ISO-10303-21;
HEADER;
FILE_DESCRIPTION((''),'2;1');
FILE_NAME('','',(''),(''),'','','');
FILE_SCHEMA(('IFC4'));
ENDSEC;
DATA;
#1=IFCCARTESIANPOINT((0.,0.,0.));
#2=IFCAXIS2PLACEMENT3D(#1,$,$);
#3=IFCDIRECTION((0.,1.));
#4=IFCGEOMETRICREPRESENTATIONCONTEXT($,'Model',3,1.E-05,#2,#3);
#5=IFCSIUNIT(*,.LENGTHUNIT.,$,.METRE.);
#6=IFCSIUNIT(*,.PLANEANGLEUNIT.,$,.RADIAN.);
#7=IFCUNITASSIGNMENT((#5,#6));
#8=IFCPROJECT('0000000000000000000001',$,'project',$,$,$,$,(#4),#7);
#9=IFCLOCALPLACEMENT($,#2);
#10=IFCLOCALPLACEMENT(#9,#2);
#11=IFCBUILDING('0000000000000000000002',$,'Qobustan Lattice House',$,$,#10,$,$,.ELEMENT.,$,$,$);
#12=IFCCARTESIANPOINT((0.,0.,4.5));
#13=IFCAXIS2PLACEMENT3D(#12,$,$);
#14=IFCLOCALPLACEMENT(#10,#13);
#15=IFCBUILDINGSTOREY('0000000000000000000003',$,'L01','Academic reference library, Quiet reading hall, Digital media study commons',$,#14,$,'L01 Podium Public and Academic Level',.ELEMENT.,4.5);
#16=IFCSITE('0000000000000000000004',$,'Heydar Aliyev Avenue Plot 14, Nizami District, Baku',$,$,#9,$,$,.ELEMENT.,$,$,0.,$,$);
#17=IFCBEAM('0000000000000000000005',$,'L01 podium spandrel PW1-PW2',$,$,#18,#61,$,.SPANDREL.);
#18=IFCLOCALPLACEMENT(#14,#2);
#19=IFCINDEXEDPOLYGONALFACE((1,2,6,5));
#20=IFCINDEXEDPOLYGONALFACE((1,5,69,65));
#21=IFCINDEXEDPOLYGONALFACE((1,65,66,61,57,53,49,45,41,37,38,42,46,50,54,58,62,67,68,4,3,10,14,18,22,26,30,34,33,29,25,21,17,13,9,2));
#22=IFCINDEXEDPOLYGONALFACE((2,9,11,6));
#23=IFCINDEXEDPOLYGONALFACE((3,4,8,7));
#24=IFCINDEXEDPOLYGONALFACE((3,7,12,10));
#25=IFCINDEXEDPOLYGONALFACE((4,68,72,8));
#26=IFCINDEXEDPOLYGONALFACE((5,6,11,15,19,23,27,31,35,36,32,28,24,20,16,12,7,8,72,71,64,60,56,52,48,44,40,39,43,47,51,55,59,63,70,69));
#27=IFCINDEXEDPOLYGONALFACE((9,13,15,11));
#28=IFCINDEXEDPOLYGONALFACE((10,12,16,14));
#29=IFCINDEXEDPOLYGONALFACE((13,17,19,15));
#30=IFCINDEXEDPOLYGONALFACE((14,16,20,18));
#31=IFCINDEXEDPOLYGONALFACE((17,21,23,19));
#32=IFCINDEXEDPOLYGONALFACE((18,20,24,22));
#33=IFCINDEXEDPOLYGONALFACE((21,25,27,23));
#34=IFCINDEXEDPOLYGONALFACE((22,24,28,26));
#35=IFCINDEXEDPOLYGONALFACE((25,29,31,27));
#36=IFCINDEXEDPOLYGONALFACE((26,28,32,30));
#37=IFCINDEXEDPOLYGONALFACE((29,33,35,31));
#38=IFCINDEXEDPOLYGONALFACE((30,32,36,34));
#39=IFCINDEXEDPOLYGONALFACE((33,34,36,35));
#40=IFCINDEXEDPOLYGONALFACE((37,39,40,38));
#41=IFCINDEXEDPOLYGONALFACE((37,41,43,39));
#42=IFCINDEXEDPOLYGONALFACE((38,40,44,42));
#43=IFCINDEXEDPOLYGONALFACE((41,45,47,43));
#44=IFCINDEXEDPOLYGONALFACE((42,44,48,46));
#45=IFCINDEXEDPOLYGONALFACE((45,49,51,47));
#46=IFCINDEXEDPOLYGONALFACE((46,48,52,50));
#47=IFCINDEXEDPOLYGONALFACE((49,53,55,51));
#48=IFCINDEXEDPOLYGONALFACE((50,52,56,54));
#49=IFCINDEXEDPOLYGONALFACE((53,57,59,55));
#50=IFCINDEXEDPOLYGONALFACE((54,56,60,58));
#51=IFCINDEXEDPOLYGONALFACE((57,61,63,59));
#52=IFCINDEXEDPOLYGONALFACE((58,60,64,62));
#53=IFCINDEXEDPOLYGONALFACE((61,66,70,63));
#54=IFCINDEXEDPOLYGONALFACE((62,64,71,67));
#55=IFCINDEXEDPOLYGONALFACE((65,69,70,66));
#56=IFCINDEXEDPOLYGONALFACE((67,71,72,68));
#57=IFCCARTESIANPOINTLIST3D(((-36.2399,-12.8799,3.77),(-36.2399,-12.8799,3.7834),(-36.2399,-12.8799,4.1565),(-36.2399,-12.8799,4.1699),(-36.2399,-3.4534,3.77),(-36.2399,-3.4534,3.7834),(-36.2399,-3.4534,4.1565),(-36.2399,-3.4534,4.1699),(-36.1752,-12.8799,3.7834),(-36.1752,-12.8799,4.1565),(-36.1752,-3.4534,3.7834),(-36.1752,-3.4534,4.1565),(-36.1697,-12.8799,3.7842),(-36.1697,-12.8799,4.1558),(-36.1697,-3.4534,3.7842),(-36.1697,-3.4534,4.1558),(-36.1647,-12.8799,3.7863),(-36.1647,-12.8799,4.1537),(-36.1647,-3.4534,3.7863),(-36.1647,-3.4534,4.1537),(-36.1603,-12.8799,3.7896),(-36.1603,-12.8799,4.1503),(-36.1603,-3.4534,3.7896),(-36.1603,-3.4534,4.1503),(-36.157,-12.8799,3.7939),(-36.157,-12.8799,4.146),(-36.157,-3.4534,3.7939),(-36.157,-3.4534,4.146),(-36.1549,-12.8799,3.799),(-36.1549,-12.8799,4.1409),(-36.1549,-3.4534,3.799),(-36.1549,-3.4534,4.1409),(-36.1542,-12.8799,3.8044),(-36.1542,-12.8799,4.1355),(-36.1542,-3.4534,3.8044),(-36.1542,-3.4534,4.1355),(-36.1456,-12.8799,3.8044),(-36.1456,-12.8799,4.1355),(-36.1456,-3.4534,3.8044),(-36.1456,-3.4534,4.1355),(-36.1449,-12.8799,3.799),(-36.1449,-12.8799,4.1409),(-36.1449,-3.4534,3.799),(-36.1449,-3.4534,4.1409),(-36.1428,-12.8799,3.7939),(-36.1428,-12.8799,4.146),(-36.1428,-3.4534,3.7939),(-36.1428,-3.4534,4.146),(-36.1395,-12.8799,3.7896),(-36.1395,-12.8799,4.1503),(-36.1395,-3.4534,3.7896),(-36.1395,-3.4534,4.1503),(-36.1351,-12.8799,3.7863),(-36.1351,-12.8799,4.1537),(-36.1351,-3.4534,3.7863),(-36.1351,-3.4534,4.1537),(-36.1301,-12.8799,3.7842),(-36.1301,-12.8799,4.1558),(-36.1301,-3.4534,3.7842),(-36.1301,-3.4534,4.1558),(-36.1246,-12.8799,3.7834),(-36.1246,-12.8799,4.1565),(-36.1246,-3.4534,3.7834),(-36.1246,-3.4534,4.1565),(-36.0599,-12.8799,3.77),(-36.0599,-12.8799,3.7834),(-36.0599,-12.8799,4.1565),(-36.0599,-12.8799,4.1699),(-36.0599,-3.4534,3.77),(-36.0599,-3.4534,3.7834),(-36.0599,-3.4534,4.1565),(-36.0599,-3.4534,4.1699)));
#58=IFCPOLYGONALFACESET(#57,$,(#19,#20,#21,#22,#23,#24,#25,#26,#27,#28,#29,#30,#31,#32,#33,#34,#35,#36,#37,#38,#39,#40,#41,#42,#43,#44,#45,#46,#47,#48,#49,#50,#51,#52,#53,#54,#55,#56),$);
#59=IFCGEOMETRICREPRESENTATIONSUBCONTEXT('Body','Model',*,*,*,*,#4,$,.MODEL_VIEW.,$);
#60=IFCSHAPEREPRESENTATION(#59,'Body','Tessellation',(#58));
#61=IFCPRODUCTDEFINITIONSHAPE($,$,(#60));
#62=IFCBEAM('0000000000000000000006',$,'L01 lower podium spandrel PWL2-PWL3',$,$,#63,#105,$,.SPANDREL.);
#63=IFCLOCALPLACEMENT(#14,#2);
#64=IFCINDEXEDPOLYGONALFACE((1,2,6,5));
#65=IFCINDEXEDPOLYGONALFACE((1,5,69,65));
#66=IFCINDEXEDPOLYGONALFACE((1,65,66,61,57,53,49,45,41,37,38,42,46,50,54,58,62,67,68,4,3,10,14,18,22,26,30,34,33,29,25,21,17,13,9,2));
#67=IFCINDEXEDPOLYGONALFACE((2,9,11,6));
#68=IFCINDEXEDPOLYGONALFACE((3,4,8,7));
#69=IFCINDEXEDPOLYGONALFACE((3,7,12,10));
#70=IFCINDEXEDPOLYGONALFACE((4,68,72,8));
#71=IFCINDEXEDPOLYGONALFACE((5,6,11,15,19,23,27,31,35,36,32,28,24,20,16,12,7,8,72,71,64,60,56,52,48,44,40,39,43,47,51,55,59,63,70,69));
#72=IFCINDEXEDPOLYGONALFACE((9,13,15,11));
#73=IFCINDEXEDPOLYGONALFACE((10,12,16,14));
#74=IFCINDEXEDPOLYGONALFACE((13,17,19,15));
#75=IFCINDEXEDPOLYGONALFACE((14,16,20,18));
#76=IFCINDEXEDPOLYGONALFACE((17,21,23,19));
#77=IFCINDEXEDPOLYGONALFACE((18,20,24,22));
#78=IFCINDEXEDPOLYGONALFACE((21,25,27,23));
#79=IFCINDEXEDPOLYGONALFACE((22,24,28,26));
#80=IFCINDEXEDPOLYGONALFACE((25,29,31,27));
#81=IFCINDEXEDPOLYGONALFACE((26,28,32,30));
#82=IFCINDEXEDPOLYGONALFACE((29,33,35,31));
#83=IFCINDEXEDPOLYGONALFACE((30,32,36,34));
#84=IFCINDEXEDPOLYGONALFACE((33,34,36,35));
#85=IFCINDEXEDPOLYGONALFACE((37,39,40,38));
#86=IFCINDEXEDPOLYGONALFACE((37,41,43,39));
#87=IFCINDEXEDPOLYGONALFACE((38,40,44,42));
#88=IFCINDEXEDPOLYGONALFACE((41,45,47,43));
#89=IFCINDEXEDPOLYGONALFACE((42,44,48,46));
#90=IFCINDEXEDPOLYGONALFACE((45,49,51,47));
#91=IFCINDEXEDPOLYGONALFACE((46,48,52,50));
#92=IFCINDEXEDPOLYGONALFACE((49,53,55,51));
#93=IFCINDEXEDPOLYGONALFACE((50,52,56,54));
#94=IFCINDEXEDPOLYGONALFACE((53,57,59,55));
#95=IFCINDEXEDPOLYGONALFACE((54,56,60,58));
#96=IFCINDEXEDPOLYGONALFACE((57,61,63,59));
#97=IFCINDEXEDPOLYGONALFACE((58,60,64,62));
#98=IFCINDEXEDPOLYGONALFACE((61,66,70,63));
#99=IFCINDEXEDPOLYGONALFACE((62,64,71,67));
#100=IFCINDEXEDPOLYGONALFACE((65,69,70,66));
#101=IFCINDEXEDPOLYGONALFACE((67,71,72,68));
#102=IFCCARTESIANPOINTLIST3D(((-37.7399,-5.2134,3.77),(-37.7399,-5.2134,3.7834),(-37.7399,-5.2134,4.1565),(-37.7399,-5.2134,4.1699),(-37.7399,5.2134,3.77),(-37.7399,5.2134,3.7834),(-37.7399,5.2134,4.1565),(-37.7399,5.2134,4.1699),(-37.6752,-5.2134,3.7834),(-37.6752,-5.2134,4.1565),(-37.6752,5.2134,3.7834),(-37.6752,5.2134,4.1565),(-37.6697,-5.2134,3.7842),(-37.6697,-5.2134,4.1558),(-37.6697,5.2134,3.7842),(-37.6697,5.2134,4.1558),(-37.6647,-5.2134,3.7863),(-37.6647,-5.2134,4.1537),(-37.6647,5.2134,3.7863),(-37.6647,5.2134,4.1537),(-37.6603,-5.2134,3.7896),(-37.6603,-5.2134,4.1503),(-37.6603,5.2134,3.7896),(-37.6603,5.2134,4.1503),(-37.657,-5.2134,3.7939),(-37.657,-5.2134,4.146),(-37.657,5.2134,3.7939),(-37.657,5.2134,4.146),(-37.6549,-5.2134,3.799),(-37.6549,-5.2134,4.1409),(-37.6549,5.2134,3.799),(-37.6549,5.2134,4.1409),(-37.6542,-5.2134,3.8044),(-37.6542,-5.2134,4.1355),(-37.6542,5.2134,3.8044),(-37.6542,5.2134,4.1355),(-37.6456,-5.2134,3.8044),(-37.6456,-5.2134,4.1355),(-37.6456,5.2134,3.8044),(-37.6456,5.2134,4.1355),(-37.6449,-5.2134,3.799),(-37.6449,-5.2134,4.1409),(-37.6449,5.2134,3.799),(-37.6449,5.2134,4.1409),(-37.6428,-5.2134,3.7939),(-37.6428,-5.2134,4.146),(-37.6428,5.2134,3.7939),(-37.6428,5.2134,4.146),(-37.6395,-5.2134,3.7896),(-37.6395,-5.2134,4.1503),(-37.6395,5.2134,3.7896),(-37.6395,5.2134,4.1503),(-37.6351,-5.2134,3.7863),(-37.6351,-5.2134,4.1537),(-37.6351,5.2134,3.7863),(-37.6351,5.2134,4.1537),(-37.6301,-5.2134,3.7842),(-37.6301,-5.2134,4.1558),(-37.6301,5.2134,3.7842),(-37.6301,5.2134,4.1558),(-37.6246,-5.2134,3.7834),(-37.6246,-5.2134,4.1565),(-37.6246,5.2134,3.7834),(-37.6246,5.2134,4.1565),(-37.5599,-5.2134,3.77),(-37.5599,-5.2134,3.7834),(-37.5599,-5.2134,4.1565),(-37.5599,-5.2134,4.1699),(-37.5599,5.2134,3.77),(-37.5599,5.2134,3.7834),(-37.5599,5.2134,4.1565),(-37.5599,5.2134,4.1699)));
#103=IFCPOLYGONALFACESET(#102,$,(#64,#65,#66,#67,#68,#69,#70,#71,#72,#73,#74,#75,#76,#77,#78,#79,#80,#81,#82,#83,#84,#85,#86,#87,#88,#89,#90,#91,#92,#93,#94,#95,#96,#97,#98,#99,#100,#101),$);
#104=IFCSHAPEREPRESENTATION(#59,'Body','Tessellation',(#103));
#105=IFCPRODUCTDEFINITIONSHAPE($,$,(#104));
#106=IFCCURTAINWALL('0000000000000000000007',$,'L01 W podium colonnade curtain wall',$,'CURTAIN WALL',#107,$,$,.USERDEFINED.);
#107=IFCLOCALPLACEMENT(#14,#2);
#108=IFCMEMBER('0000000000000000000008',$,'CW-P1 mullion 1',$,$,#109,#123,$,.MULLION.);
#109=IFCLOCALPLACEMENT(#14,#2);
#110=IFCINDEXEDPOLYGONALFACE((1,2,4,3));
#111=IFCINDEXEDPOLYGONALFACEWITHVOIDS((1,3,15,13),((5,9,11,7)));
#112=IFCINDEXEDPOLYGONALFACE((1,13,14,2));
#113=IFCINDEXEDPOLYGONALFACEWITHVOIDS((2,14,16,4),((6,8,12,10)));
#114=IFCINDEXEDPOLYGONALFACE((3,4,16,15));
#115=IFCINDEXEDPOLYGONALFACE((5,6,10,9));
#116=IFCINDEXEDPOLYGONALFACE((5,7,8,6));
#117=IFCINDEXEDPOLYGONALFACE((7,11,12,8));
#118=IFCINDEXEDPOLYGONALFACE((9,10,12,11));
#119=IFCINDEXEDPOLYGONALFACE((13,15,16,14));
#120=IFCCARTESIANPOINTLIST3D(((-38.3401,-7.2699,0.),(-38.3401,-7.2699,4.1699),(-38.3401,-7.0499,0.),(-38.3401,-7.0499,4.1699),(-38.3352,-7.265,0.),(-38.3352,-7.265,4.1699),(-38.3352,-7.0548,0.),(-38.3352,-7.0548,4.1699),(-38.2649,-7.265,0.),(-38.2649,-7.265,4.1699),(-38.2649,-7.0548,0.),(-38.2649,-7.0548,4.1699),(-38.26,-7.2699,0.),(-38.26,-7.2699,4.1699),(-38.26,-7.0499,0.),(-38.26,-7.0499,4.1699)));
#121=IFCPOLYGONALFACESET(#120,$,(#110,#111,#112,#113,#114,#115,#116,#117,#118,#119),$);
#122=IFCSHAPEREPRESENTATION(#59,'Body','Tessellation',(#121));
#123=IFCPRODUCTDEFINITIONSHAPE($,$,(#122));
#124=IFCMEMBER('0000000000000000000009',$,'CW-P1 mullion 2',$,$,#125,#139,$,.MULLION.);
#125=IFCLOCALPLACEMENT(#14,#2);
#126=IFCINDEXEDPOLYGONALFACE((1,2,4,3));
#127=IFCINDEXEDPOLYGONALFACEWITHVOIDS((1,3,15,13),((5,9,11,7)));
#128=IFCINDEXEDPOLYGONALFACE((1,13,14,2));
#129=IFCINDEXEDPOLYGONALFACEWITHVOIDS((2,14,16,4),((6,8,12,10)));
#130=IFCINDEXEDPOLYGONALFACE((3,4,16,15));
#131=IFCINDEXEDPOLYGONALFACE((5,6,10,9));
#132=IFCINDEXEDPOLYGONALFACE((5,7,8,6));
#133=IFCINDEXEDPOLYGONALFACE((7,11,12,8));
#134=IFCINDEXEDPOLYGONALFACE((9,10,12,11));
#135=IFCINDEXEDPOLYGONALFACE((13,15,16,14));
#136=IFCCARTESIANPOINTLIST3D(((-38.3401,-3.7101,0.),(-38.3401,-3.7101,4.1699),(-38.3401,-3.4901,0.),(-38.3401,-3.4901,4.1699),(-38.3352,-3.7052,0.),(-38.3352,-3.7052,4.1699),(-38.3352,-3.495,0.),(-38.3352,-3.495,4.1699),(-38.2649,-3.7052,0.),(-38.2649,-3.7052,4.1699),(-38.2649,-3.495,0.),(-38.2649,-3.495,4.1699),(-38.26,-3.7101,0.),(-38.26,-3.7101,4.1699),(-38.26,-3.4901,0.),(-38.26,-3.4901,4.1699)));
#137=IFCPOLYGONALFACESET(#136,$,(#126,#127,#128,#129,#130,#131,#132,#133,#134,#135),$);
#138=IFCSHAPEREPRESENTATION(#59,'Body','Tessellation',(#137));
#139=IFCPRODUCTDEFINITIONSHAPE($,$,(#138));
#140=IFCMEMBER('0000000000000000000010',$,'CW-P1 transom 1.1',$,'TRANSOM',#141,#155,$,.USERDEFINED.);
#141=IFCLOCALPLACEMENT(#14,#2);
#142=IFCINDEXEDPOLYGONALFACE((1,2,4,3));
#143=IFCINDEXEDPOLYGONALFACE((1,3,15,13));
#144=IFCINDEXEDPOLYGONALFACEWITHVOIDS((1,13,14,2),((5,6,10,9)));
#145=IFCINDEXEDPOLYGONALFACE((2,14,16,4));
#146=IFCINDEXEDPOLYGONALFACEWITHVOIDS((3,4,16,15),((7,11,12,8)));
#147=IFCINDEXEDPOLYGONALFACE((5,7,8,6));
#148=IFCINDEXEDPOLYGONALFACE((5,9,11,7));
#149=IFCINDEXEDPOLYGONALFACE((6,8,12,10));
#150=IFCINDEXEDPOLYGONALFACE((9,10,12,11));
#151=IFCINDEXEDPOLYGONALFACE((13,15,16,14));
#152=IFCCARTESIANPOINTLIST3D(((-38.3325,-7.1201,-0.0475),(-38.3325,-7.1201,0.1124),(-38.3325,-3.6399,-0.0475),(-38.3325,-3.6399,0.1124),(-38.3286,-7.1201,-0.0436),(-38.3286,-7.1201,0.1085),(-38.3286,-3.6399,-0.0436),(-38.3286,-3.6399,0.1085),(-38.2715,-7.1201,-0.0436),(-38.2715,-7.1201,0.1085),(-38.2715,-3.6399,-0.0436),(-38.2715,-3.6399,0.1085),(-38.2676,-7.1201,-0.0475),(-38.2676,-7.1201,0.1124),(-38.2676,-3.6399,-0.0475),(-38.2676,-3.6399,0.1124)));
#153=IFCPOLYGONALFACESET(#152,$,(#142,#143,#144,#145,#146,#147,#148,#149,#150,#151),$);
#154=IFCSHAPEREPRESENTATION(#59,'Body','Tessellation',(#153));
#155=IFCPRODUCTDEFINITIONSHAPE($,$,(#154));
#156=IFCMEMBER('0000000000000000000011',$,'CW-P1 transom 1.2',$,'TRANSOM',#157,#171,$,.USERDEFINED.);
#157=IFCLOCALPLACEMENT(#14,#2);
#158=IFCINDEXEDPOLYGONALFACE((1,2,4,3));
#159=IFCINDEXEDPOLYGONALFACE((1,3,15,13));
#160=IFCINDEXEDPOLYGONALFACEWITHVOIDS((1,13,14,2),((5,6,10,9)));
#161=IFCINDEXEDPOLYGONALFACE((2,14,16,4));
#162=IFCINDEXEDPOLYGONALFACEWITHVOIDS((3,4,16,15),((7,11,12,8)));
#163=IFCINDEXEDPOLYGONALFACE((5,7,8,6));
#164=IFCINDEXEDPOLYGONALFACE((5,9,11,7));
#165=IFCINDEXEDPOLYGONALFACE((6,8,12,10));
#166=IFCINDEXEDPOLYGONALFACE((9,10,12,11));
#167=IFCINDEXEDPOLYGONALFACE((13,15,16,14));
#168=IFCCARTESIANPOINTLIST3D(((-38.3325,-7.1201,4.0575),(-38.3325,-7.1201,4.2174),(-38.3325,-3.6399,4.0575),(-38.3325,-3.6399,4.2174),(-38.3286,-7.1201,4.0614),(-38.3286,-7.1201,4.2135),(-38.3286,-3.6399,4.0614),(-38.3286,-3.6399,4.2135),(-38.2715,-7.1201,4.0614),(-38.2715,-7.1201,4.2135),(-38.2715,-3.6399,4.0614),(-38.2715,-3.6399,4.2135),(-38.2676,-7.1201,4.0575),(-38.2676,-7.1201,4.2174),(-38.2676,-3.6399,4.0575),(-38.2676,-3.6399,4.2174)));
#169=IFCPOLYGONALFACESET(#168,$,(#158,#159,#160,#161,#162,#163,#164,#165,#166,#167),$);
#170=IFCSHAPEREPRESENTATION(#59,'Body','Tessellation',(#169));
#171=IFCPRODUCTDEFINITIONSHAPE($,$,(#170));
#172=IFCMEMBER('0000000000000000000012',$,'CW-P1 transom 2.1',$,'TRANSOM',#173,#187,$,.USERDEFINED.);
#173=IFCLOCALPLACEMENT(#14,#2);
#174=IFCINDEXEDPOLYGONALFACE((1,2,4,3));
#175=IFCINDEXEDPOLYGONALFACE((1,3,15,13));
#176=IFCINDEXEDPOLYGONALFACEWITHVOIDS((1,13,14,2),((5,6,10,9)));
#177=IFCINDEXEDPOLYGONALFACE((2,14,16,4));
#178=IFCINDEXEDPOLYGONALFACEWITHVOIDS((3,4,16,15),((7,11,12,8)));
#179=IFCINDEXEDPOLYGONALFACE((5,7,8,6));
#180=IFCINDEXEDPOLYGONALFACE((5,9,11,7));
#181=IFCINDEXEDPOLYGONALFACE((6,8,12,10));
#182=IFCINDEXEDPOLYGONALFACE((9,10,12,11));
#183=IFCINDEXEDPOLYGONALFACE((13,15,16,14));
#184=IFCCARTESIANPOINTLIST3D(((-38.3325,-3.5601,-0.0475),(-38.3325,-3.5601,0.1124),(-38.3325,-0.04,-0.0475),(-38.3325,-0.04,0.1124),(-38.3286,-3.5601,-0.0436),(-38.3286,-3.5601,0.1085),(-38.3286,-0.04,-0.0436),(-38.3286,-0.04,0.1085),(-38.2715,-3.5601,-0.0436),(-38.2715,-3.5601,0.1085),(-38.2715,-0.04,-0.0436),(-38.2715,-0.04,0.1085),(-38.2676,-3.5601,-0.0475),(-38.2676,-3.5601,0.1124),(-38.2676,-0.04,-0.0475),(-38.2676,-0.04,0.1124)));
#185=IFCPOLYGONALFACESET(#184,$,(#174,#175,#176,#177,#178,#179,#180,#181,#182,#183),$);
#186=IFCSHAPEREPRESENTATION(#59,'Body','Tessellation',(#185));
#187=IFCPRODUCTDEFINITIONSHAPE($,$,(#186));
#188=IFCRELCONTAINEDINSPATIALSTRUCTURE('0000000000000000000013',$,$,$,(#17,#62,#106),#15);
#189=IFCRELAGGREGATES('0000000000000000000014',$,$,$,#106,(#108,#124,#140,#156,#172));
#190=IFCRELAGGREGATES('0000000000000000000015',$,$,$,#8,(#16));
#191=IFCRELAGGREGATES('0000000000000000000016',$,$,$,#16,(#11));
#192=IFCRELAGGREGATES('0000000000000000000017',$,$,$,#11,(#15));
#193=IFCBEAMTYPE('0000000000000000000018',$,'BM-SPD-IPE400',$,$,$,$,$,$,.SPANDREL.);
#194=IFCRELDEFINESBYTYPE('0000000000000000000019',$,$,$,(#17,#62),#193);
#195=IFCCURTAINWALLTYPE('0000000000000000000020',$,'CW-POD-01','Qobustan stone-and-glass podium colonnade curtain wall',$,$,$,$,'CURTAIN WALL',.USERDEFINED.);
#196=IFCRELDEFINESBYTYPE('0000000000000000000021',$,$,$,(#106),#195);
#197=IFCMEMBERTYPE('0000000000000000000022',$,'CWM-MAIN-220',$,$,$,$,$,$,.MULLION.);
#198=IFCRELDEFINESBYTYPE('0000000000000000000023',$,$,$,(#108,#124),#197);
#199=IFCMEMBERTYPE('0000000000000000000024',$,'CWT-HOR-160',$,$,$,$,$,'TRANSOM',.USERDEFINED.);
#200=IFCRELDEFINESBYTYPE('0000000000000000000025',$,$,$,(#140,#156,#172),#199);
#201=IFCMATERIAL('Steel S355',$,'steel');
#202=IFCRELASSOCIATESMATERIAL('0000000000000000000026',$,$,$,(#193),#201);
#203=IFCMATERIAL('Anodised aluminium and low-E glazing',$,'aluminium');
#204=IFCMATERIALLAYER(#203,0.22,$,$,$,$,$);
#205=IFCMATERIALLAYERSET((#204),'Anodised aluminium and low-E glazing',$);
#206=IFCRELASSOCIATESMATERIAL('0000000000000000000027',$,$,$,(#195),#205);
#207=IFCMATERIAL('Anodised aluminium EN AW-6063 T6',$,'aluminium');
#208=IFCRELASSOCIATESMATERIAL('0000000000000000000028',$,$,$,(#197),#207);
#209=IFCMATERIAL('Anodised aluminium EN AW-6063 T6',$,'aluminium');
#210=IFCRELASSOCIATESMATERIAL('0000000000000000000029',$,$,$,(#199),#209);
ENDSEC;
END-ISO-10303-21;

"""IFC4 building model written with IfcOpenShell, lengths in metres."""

from ifc_helpers import new_model, si_unit, direction, frame, origin, origin_2d, place, context, subcontext, project, spatial, hollow_rectangle, i_section, extrude, material, layer, layer_set, material_profile, profile_set, type_object, element, aggregate, save


model = new_model("IFC4")

# Units and contexts
model_context = context("Model", 3, precision=1e-05, world=origin(), true_north=direction((0.0, 1.0)))
body_context = subcontext(model_context, "Body", "Model", "MODEL_VIEW")
ifc_project = project(units=[si_unit("LENGTHUNIT", "METRE"), si_unit("PLANEANGLEUNIT", "RADIAN")], contexts=[model_context])

# Site, building, storey
site_placement = place(None, origin())
site = spatial("IfcSite", under=ifc_project, at=site_placement, Name="Heydar Aliyev Avenue Plot 14, Nizami District, Baku", CompositionType="ELEMENT", RefElevation=0.0)
building_placement = place(site_placement, origin())
building = spatial("IfcBuilding", under=site, at=building_placement, Name="Qobustan Lattice House", CompositionType="ELEMENT")
storey_placement = place(building_placement, frame((0.0, 0.0, 4.5)))
storey = spatial("IfcBuildingStorey", under=building, at=storey_placement, Name="L01", Description="Academic reference library, Quiet reading hall, Digital media study commons", LongName="L01 Podium Public and Academic Level", CompositionType="ELEMENT", Elevation=4.5)

# Beams
ifc_material_1 = material(Name="Steel S355", Category="steel")
ifc_material_profile_1 = material_profile(ifc_material_1, i_section(OverallWidth=0.1799, OverallDepth=0.3999, WebThickness=0.0085, FlangeThickness=0.0134, FilletRadius=0.021, at=origin_2d()), Name="IPE400")
ifc_profile_set_1 = profile_set([ifc_material_profile_1], Name="Steel S355")
beam_type_1 = type_object("IfcBeamType", Name="BM-SPD-IPE400", PredefinedType="SPANDREL", material=ifc_profile_set_1)
beam_1_placement = place(storey_placement, frame((-36.1499, -12.8799, 3.97), z_axis=(0.0, 1.0, 0.0), x_axis=(-1.0, 0.0, 0.0)))
element("IfcBeam", 1, at=beam_1_placement, inside=storey, type_object=beam_type_1, Name="L01 podium spandrel PW1-PW2", PredefinedType="SPANDREL", context=body_context, shape_type="SweptSolid", body=[
    extrude(i_section(OverallWidth=0.1799, OverallDepth=0.3999, WebThickness=0.0085, FlangeThickness=0.0134, FilletRadius=0.021, at=origin_2d()), origin(), (0.0, 0.0, 1.0), 9.4265),
])
beam_2_placement = place(storey_placement, frame((-37.6499, -5.2134, 3.97), z_axis=(0.0, 1.0, 0.0), x_axis=(-1.0, 0.0, 0.0)))
element("IfcBeam", 2, at=beam_2_placement, inside=storey, type_object=beam_type_1, Name="L01 lower podium spandrel PWL2-PWL3", PredefinedType="SPANDREL", context=body_context, shape_type="SweptSolid", body=[
    extrude(i_section(OverallWidth=0.1799, OverallDepth=0.3999, WebThickness=0.0085, FlangeThickness=0.0134, FilletRadius=0.021, at=origin_2d()), origin(), (0.0, 0.0, 1.0), 10.4268),
])

# Curtain wall, members
ifc_material_2 = material(Name="Anodised aluminium and low-E glazing", Category="aluminium")
ifc_layer_1 = layer(ifc_material_2, 0.22)
ifc_layer_set_1 = layer_set([ifc_layer_1], Name="Anodised aluminium and low-E glazing")
curtain_wall_type = type_object("IfcCurtainWallType", Name="CW-POD-01", Description="Qobustan stone-and-glass podium colonnade curtain wall", ElementType="CURTAIN WALL", PredefinedType="USERDEFINED", material=ifc_layer_set_1)
curtain_wall_placement = place(storey_placement, origin())
curtain_wall = element("IfcCurtainWall", 3, at=curtain_wall_placement, inside=storey, type_object=curtain_wall_type, Name="L01 W podium colonnade curtain wall", ObjectType="CURTAIN WALL", PredefinedType="USERDEFINED")
ifc_material_3 = material(Name="Anodised aluminium EN AW-6063 T6", Category="aluminium")
ifc_material_profile_2 = material_profile(ifc_material_3, hollow_rectangle(XDim=0.0801, YDim=0.22, WallThickness=0.0049, at=origin_2d()), Name="CWM-220x80")
ifc_profile_set_2 = profile_set([ifc_material_profile_2], Name="Anodised aluminium EN AW-6063 T6")
member_type_1 = type_object("IfcMemberType", Name="CWM-MAIN-220", PredefinedType="MULLION", material=ifc_profile_set_2)
member_1_placement = place(storey_placement, frame((-38.3, -7.1599, 0.0), z_axis=(0.0, 0.0, 1.0), x_axis=(-1.0, 0.0, 0.0)))
member_1 = element("IfcMember", 4, at=member_1_placement, type_object=member_type_1, Name="CW-P1 mullion 1", PredefinedType="MULLION", context=body_context, shape_type="SweptSolid", body=[
    extrude(hollow_rectangle(XDim=0.0801, YDim=0.22, WallThickness=0.0049, at=origin_2d()), origin(), (0.0, 0.0, 1.0), 4.1699),
])
member_2_placement = place(storey_placement, frame((-38.3, -3.6001, 0.0), z_axis=(0.0, 0.0, 1.0), x_axis=(-1.0, 0.0, 0.0)))
member_2 = element("IfcMember", 5, at=member_2_placement, type_object=member_type_1, Name="CW-P1 mullion 2", PredefinedType="MULLION", context=body_context, shape_type="SweptSolid", body=[
    extrude(hollow_rectangle(XDim=0.0801, YDim=0.22, WallThickness=0.0049, at=origin_2d()), origin(), (0.0, 0.0, 1.0), 4.1699),
])
ifc_material_4 = material(Name="Anodised aluminium EN AW-6063 T6", Category="aluminium")
ifc_material_profile_3 = material_profile(ifc_material_4, hollow_rectangle(XDim=0.0649, YDim=0.1599, WallThickness=0.0039, at=origin_2d()), Name="CWT-160x65")
ifc_profile_set_3 = profile_set([ifc_material_profile_3], Name="Anodised aluminium EN AW-6063 T6")
member_type_2 = type_object("IfcMemberType", Name="CWT-HOR-160", ElementType="TRANSOM", PredefinedType="USERDEFINED", material=ifc_profile_set_3)
member_3_placement = place(storey_placement, frame((-38.3, -7.1201, 0.0325), z_axis=(0.0, 1.0, 0.0), x_axis=(-1.0, 0.0, 0.0)))
member_3 = element("IfcMember", 6, at=member_3_placement, type_object=member_type_2, Name="CW-P1 transom 1.1", ObjectType="TRANSOM", PredefinedType="USERDEFINED", context=body_context, shape_type="SweptSolid", body=[
    extrude(hollow_rectangle(XDim=0.0649, YDim=0.1599, WallThickness=0.0039, at=origin_2d()), origin(), (0.0, 0.0, 1.0), 3.4802),
])
member_4_placement = place(storey_placement, frame((-38.3, -7.1201, 4.1375), z_axis=(0.0, 1.0, 0.0), x_axis=(-1.0, 0.0, 0.0)))
member_4 = element("IfcMember", 7, at=member_4_placement, type_object=member_type_2, Name="CW-P1 transom 1.2", ObjectType="TRANSOM", PredefinedType="USERDEFINED", context=body_context, shape_type="SweptSolid", body=[
    extrude(hollow_rectangle(XDim=0.0649, YDim=0.1599, WallThickness=0.0039, at=origin_2d()), origin(), (0.0, 0.0, 1.0), 3.4802),
])
member_5_placement = place(storey_placement, frame((-38.3, -3.5601, 0.0325), z_axis=(0.0, 1.0, 0.0), x_axis=(-1.0, 0.0, 0.0)))
member_5 = element("IfcMember", 8, at=member_5_placement, type_object=member_type_2, Name="CW-P1 transom 2.1", ObjectType="TRANSOM", PredefinedType="USERDEFINED", context=body_context, shape_type="SweptSolid", body=[
    extrude(hollow_rectangle(XDim=0.0649, YDim=0.1599, WallThickness=0.0039, at=origin_2d()), origin(), (0.0, 0.0, 1.0), 3.52),
])
aggregate(curtain_wall, [member_1, member_2, member_3, member_4, member_5])

save(model, "model.ifc")
